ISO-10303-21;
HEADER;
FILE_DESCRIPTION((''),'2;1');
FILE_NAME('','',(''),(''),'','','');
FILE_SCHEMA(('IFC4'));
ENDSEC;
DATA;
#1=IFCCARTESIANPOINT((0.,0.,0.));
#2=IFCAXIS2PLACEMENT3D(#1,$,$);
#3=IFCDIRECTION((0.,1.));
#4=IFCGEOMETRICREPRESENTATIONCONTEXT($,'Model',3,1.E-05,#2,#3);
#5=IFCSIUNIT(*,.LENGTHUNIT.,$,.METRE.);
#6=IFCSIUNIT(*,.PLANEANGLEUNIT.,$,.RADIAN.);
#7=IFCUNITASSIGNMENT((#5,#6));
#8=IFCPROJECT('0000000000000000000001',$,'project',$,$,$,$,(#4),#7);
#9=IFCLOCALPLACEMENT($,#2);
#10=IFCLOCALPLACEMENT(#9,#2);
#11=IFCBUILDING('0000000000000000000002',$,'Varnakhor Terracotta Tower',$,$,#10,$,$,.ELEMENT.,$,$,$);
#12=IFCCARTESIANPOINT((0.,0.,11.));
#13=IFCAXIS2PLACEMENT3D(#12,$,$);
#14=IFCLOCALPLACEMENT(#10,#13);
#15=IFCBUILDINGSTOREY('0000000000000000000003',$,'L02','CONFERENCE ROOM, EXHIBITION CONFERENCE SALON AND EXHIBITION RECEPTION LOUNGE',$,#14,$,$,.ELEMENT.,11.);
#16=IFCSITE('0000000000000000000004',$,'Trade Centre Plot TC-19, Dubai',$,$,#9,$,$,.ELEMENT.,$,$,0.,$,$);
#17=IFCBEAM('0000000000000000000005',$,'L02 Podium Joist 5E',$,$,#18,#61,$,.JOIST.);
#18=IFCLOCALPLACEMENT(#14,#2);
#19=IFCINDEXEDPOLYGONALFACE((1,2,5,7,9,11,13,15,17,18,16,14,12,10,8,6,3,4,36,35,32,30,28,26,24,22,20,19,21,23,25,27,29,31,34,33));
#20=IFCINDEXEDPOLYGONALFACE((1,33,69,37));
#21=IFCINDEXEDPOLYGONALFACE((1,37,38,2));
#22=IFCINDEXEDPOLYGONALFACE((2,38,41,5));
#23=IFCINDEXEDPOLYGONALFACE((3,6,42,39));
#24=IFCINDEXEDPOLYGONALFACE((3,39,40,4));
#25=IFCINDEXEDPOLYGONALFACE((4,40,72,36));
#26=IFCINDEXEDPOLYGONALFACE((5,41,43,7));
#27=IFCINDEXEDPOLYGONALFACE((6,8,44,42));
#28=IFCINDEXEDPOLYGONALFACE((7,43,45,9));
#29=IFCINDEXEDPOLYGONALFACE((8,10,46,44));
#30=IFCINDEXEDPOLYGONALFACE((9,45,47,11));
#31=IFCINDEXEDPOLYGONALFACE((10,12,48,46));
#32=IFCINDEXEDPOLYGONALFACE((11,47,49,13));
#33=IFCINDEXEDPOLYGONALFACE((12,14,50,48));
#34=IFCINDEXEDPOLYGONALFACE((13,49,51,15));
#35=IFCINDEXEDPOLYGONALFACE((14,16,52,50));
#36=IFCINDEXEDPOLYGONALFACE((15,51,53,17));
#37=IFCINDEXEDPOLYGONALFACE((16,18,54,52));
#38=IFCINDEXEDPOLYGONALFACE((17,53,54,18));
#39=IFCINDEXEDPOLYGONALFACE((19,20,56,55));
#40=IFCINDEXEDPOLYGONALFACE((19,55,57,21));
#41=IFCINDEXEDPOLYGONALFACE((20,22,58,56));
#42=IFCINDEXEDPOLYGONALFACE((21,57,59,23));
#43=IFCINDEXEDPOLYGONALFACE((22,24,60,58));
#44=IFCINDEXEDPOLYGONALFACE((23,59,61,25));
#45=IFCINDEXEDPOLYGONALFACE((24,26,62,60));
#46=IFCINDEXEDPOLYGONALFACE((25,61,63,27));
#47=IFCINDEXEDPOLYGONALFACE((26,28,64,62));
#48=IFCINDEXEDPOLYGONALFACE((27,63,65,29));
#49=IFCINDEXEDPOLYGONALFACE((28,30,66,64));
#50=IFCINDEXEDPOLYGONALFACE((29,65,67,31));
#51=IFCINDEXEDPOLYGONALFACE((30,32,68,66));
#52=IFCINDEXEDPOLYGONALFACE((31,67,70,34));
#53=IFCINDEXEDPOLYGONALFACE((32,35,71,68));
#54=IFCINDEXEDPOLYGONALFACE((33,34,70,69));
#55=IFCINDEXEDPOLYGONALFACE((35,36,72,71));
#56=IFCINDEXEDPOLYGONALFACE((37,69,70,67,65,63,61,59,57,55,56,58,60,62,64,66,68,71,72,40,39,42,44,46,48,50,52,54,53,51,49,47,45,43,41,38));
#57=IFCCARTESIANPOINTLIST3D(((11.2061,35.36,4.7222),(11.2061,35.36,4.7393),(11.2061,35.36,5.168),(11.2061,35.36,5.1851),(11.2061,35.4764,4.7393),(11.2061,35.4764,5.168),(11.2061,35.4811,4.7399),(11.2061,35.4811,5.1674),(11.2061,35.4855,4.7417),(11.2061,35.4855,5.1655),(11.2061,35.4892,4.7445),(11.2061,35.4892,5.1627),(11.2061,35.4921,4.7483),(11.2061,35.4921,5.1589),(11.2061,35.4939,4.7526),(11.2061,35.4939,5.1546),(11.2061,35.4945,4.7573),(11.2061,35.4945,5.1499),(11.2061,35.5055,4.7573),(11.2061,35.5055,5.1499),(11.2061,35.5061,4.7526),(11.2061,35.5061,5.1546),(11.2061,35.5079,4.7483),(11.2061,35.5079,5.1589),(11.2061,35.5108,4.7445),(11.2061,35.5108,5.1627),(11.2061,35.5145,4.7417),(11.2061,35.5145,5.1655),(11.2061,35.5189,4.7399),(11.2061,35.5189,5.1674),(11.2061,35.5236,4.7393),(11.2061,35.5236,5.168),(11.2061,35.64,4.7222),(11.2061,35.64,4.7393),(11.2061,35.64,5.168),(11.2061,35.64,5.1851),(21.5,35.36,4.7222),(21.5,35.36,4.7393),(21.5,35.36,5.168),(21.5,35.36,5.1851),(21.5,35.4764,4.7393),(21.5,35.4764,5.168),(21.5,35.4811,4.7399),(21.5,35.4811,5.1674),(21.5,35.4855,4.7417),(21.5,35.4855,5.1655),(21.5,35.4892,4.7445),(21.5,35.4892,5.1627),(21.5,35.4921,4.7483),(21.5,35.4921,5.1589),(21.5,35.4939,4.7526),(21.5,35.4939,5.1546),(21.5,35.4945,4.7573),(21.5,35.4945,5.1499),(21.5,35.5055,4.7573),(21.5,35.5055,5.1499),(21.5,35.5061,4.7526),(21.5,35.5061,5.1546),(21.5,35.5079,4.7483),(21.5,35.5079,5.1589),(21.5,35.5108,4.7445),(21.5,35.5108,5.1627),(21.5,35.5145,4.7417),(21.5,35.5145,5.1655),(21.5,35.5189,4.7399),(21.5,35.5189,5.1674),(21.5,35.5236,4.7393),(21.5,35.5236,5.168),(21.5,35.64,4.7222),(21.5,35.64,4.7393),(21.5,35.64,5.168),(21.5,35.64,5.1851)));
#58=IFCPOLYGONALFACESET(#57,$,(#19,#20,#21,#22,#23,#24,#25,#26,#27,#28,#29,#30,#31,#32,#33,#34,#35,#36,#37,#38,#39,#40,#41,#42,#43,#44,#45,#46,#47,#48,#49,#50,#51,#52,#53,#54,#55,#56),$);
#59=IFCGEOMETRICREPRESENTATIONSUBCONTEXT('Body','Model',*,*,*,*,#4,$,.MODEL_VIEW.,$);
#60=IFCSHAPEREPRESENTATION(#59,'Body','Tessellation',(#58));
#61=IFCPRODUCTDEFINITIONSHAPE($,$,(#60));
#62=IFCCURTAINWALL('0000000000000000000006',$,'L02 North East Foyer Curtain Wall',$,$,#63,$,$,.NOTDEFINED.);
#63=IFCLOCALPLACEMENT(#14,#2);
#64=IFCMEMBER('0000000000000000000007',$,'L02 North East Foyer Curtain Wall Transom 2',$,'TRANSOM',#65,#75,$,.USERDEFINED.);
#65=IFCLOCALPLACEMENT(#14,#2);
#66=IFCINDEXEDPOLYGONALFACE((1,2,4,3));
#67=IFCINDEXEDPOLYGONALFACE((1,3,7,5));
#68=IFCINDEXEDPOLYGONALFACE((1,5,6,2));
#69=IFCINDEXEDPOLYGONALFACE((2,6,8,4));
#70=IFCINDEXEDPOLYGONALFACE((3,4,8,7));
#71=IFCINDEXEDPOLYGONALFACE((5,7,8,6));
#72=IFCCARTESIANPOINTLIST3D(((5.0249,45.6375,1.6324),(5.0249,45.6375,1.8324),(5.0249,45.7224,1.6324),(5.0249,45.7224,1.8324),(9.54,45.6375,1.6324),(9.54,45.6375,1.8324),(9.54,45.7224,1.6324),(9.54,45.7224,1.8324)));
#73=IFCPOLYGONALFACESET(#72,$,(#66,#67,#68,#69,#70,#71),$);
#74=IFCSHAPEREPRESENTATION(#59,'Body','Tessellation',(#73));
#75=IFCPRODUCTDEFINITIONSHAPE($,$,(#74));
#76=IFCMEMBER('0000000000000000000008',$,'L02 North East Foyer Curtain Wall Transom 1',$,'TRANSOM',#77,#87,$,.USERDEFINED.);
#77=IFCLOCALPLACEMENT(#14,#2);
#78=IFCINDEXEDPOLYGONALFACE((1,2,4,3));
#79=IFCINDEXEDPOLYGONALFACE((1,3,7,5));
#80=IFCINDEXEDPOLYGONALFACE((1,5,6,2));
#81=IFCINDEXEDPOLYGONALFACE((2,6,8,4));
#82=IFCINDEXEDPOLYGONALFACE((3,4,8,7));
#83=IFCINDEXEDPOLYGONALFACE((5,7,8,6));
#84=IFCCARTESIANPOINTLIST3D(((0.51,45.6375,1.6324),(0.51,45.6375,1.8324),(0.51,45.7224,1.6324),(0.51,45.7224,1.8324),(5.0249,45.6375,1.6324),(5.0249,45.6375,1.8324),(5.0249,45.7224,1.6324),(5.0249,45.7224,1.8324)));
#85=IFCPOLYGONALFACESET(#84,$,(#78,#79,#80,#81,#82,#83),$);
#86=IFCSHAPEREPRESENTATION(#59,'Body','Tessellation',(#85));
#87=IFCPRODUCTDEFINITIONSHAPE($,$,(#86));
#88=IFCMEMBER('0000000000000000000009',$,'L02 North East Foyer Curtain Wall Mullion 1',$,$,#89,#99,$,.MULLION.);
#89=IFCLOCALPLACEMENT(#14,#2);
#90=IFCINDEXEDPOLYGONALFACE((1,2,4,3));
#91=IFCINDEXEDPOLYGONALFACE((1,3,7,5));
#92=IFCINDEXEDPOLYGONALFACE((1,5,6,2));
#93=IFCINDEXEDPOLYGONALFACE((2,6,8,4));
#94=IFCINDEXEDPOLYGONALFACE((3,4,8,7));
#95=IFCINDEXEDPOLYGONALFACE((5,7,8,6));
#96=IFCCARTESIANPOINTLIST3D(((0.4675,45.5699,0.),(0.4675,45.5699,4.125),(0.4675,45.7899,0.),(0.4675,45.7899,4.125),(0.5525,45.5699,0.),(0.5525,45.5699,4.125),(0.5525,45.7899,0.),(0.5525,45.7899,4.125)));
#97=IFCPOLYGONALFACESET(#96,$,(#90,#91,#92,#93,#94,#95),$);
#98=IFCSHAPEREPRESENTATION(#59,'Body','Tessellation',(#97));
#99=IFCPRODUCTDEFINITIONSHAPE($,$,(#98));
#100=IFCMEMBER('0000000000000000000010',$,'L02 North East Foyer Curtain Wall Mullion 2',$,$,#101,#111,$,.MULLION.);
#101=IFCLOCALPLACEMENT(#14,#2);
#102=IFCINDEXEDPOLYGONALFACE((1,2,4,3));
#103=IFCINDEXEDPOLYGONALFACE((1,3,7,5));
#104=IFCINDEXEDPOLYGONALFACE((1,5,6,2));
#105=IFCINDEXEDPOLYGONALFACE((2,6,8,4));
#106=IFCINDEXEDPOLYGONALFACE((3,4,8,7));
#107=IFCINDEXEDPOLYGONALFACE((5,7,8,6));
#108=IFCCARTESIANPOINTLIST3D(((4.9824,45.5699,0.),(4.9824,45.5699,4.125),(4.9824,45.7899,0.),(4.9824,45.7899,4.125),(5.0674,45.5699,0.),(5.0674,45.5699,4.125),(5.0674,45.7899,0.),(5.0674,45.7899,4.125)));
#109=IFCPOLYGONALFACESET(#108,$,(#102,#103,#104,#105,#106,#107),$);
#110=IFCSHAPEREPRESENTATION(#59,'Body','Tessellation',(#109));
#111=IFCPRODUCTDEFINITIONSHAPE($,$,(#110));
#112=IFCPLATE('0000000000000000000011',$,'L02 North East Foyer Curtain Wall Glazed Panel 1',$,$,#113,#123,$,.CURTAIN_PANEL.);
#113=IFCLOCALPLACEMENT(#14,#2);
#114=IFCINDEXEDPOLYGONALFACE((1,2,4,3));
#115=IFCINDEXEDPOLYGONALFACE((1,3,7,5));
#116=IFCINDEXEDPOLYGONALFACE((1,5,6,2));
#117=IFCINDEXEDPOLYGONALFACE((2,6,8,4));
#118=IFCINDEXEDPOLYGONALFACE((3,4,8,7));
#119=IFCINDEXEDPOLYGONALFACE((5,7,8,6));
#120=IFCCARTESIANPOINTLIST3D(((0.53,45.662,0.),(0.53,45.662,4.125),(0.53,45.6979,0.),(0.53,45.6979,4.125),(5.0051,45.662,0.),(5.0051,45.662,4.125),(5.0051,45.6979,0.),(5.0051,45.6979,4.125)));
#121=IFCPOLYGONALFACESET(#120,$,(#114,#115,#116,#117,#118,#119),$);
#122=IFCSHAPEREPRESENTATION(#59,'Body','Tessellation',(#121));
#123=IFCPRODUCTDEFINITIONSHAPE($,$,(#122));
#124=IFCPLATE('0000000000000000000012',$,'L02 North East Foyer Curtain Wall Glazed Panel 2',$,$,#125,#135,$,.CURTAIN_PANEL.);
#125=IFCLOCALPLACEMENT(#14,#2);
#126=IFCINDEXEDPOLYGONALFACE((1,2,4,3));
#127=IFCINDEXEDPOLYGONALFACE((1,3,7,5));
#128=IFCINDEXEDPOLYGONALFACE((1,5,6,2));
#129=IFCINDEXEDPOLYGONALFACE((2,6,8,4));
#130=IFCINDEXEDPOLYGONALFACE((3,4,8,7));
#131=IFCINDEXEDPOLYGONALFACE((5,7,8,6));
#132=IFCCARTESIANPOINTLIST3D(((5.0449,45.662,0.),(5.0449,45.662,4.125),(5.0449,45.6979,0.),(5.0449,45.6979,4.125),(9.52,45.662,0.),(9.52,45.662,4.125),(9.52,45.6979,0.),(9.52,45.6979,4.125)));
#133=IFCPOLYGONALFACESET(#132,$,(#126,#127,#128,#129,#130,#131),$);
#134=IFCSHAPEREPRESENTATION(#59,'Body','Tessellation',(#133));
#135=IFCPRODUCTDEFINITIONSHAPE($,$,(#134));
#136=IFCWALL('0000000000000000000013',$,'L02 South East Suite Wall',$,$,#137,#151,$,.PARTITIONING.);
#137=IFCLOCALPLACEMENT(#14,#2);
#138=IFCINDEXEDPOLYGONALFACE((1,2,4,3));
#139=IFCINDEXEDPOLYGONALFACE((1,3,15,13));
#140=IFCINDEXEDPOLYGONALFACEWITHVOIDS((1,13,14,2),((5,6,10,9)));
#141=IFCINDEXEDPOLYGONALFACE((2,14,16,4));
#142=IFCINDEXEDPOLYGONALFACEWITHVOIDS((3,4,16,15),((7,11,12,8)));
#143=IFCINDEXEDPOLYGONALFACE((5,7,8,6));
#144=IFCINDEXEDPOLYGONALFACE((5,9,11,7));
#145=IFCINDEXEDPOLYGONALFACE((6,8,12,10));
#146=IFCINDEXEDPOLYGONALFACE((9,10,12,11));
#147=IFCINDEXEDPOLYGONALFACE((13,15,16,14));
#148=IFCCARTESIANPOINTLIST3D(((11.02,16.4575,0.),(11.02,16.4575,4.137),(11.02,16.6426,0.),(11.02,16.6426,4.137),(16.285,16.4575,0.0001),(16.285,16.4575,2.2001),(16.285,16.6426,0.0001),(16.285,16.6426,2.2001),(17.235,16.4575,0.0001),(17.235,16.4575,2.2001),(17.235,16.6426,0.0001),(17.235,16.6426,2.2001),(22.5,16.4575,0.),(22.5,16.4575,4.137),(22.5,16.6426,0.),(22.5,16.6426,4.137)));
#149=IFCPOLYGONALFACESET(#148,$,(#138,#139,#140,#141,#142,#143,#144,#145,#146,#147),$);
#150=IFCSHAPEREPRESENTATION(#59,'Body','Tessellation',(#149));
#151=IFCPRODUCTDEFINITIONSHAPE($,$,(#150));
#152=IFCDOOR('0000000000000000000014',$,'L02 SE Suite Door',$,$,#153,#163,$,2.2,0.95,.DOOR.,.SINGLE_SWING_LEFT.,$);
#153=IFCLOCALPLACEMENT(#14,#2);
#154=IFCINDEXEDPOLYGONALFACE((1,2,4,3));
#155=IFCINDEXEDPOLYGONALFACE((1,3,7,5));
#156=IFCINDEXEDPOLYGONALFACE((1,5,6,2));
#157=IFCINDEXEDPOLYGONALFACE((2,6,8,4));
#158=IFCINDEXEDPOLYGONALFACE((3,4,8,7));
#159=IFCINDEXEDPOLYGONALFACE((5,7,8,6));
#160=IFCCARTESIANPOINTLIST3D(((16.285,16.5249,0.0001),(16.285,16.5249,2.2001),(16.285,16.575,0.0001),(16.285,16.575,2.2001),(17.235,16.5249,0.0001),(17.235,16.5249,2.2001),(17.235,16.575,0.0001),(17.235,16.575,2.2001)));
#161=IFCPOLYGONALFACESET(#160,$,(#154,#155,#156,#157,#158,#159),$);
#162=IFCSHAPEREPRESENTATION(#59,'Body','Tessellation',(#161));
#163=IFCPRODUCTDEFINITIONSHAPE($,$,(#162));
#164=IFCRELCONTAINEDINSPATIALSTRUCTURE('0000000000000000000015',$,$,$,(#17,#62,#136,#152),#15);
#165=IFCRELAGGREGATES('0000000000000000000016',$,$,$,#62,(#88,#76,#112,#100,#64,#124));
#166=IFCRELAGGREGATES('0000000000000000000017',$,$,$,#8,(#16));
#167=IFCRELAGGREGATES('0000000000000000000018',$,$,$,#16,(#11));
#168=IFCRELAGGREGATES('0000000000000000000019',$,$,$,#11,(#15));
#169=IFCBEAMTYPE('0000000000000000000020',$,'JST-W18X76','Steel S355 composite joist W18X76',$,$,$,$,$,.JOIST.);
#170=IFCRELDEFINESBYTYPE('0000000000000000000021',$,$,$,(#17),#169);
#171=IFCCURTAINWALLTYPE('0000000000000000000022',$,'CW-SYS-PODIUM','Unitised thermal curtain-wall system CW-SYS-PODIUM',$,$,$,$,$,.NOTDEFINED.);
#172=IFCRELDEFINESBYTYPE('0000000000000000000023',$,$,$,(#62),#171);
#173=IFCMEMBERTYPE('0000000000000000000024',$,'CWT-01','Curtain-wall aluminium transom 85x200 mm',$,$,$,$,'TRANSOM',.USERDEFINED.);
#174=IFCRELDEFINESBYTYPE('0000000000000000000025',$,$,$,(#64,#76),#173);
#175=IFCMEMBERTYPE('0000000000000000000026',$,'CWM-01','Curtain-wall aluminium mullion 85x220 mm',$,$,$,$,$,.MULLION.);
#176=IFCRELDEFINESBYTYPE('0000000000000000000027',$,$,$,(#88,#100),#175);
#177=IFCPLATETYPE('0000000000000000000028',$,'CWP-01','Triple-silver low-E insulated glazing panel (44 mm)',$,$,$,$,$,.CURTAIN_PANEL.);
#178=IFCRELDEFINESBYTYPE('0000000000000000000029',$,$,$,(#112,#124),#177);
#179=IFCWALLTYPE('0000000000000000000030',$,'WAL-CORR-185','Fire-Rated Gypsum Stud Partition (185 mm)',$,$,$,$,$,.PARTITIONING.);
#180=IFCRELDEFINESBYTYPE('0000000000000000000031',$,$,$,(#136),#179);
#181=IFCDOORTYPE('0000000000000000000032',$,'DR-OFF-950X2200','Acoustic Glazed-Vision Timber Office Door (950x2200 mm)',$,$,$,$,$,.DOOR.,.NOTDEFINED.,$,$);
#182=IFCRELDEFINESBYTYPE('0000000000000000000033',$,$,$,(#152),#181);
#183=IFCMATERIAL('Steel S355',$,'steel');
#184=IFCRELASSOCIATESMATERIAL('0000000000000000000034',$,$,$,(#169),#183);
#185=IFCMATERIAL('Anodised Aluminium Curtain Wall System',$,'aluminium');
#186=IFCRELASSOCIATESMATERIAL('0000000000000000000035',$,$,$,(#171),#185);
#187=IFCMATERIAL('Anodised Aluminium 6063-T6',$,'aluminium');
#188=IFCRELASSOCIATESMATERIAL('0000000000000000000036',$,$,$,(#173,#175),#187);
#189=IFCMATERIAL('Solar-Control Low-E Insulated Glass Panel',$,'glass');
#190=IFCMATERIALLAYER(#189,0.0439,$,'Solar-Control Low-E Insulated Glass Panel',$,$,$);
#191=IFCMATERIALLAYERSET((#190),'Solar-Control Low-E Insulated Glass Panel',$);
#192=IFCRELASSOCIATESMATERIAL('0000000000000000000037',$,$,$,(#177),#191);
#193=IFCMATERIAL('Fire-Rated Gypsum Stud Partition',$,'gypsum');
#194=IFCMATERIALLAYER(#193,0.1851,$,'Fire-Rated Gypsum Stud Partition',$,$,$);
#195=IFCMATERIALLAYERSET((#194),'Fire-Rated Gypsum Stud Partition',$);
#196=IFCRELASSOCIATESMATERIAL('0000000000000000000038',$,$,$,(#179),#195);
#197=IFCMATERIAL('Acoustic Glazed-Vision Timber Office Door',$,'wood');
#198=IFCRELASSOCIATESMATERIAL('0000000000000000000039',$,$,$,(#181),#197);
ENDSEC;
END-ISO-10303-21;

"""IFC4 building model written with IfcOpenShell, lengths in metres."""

from ifc_helpers import new_model, si_unit, direction, frame, frame_2d, origin, origin_2d, place, context, subcontext, project, spatial, rectangle, i_section, extrude, source, transform, mapped, material, layer, layer_set, material_profile, profile_set, type_object, type_shapes, element, fill, aggregate, save


model = new_model("IFC4")

# Units and contexts
model_context = context("Model", 3, precision=1e-05, world=origin(), true_north=direction((0.0, 1.0)))
body_context = subcontext(model_context, "Body", "Model", "MODEL_VIEW")
ifc_project = project(units=[si_unit("LENGTHUNIT", "METRE"), si_unit("PLANEANGLEUNIT", "RADIAN")], contexts=[model_context])

# Site, building, storey
site_placement = place(None, origin())
site = spatial("IfcSite", under=ifc_project, at=site_placement, Name="Trade Centre Plot TC-19, Dubai", CompositionType="ELEMENT", RefElevation=0.0)
building_placement = place(site_placement, origin())
building = spatial("IfcBuilding", under=site, at=building_placement, Name="Varnakhor Terracotta Tower", CompositionType="ELEMENT")
storey_placement = place(building_placement, frame((0.0, 0.0, 11.0)))
storey = spatial("IfcBuildingStorey", under=building, at=storey_placement, Name="L02", Description="CONFERENCE ROOM, EXHIBITION CONFERENCE SALON AND EXHIBITION RECEPTION LOUNGE", CompositionType="ELEMENT", Elevation=11.0)

# Beam
ifc_material_1 = material(Name="Steel S355", Category="steel")
ifc_material_profile_1 = material_profile(ifc_material_1, i_section(OverallWidth=0.28, OverallDepth=0.4629, WebThickness=0.011, FlangeThickness=0.0171, FilletRadius=0.0181, at=origin_2d()), Name="W18X76")
ifc_profile_set_1 = profile_set([ifc_material_profile_1], Name="Steel S355")
beam_type_1 = type_object("IfcBeamType", Name="JST-W18X76", Description="Steel S355 composite joist W18X76", PredefinedType="JOIST", material=ifc_profile_set_1)
shared_shape_1 = source(origin(), body_context, "Body", "SweptSolid", [
    extrude(i_section(OverallWidth=0.28, OverallDepth=0.4629, WebThickness=0.011, FlangeThickness=0.0171, FilletRadius=0.0181, at=origin_2d()), origin(), (0.0, 0.0, 1.0), 10.2939),
])
type_shapes(beam_type_1, [shared_shape_1])
for number, where, z_axis, x_axis, name in (
    (1, (11.2061, 35.5, 4.9536), (1.0, 0.0, 0.0), (0.0, 1.0, 0.0), "L02 Podium Joist 5E"),
):
    element("IfcBeam", number, at=place(storey_placement, frame(where, z_axis=z_axis, x_axis=x_axis)), inside=storey, type_object=beam_type_1, Name=name, PredefinedType="JOIST", context=body_context, shape_type="MappedRepresentation", body=[
        mapped(shared_shape_1, transform((0.0, 0.0, 0.0), scale=1.0)),
    ])

# Curtain wall, members, plates
ifc_material_2 = material(Name="Anodised Aluminium Curtain Wall System", Category="aluminium")
curtain_wall_type = type_object("IfcCurtainWallType", Name="CW-SYS-PODIUM", Description="Unitised thermal curtain-wall system CW-SYS-PODIUM", PredefinedType="NOTDEFINED", material=ifc_material_2)
curtain_wall_placement = place(storey_placement, origin())
curtain_wall = element("IfcCurtainWall", 2, at=curtain_wall_placement, inside=storey, type_object=curtain_wall_type, Name="L02 North East Foyer Curtain Wall", PredefinedType="NOTDEFINED")
ifc_material_3 = material(Name="Anodised Aluminium 6063-T6", Category="aluminium")
ifc_material_profile_2 = material_profile(ifc_material_3, rectangle(XDim=0.085, YDim=0.2, at=origin_2d()), Name="ALU TRANSOM 85x200")
ifc_profile_set_2 = profile_set([ifc_material_profile_2], Name="Anodised Aluminium 6063-T6")
member_type_1 = type_object("IfcMemberType", Name="CWT-01", Description="Curtain-wall aluminium transom 85x200 mm", ElementType="TRANSOM", PredefinedType="USERDEFINED", material=ifc_profile_set_2)
shared_shape_2 = source(origin(), body_context, "Body", "SweptSolid", [
    extrude(rectangle(XDim=0.085, YDim=0.2, at=origin_2d()), origin(), (0.0, 0.0, 1.0), 4.5151),
])
type_shapes(member_type_1, [shared_shape_2])
member_1_placement = place(storey_placement, frame((5.0249, 45.6799, 1.7324), z_axis=(1.0, 0.0, 0.0), x_axis=(0.0, 1.0, 0.0)))
member_1 = element("IfcMember", 3, at=member_1_placement, type_object=member_type_1, Name="L02 North East Foyer Curtain Wall Transom 2", ObjectType="TRANSOM", PredefinedType="USERDEFINED", context=body_context, shape_type="MappedRepresentation", body=[
    mapped(shared_shape_2, transform((0.0, 0.0, 0.0), scale=1.0)),
])
shared_shape_3 = source(origin(), body_context, "Body", "SweptSolid", [
    extrude(rectangle(XDim=0.085, YDim=0.2, at=origin_2d()), origin(), (0.0, 0.0, 1.0), 4.5149),
])
member_2_placement = place(storey_placement, frame((0.51, 45.6799, 1.7324), z_axis=(1.0, 0.0, 0.0), x_axis=(0.0, 1.0, 0.0)))
member_2 = element("IfcMember", 4, at=member_2_placement, type_object=member_type_1, Name="L02 North East Foyer Curtain Wall Transom 1", ObjectType="TRANSOM", PredefinedType="USERDEFINED", context=body_context, shape_type="MappedRepresentation", body=[
    mapped(shared_shape_3, transform((0.0, 0.0, 0.0), scale=1.0)),
])
ifc_material_profile_3 = material_profile(ifc_material_3, rectangle(XDim=0.085, YDim=0.22, at=origin_2d()), Name="ALU MULLION 85x220")
ifc_profile_set_3 = profile_set([ifc_material_profile_3], Name="Anodised Aluminium 6063-T6")
member_type_2 = type_object("IfcMemberType", Name="CWM-01", Description="Curtain-wall aluminium mullion 85x220 mm", PredefinedType="MULLION", material=ifc_profile_set_3)
shared_shape_4 = source(origin(), body_context, "Body", "SweptSolid", [
    extrude(rectangle(XDim=0.085, YDim=0.22, at=origin_2d()), origin(), (0.0, 0.0, 1.0), 4.125),
])
member_3_placement = place(storey_placement, frame((0.51, 45.6799, 0.0), z_axis=(0.0, 0.0, 1.0), x_axis=(1.0, 0.0, 0.0)))
member_3 = element("IfcMember", 5, at=member_3_placement, type_object=member_type_2, Name="L02 North East Foyer Curtain Wall Mullion 1", PredefinedType="MULLION", context=body_context, shape_type="MappedRepresentation", body=[
    mapped(shared_shape_4, transform((0.0, 0.0, 0.0), scale=1.0)),
])
member_4_placement = place(storey_placement, frame((5.0249, 45.6799, 0.0), z_axis=(0.0, 0.0, 1.0), x_axis=(1.0, 0.0, 0.0)))
member_4 = element("IfcMember", 6, at=member_4_placement, type_object=member_type_2, Name="L02 North East Foyer Curtain Wall Mullion 2", PredefinedType="MULLION", context=body_context, shape_type="MappedRepresentation", body=[
    mapped(shared_shape_4, transform((0.0, 0.0, 0.0), scale=1.0)),
])
ifc_material_4 = material(Name="Solar-Control Low-E Insulated Glass Panel", Category="glass")
ifc_layer_1 = layer(ifc_material_4, 0.0439, Name="Solar-Control Low-E Insulated Glass Panel")
ifc_layer_set_1 = layer_set([ifc_layer_1], Name="Solar-Control Low-E Insulated Glass Panel")
plate_type = type_object("IfcPlateType", Name="CWP-01", Description="Triple-silver low-E insulated glazing panel (44 mm)", PredefinedType="CURTAIN_PANEL", material=ifc_layer_set_1)
shared_shape_5 = source(origin(), body_context, "Body", "SweptSolid", [
    extrude(rectangle(XDim=4.4751, YDim=0.0359, at=origin_2d()), origin(), (0.0, 0.0, 1.0), 4.125),
])
plate_1_placement = place(storey_placement, frame((2.7676, 45.6799, 0.0), z_axis=(0.0, 0.0, 1.0), x_axis=(1.0, 0.0, 0.0)))
plate_1 = element("IfcPlate", 7, at=plate_1_placement, type_object=plate_type, Name="L02 North East Foyer Curtain Wall Glazed Panel 1", PredefinedType="CURTAIN_PANEL", context=body_context, shape_type="MappedRepresentation", body=[
    mapped(shared_shape_5, transform((0.0, 0.0, 0.0), scale=1.0)),
])
plate_2_placement = place(storey_placement, frame((7.2825, 45.6799, 0.0), z_axis=(0.0, 0.0, 1.0), x_axis=(1.0, 0.0, 0.0)))
plate_2 = element("IfcPlate", 8, at=plate_2_placement, type_object=plate_type, Name="L02 North East Foyer Curtain Wall Glazed Panel 2", PredefinedType="CURTAIN_PANEL", context=body_context, shape_type="MappedRepresentation", body=[
    mapped(shared_shape_5, transform((0.0, 0.0, 0.0), scale=1.0)),
])
aggregate(curtain_wall, [member_3, member_2, plate_1, member_4, member_1, plate_2])

# Wall, opening, door
ifc_material_5 = material(Name="Fire-Rated Gypsum Stud Partition", Category="gypsum")
ifc_layer_2 = layer(ifc_material_5, 0.1851, Name="Fire-Rated Gypsum Stud Partition")
ifc_layer_set_2 = layer_set([ifc_layer_2], Name="Fire-Rated Gypsum Stud Partition")
wall_type_1 = type_object("IfcWallType", Name="WAL-CORR-185", Description="Fire-Rated Gypsum Stud Partition (185 mm)", PredefinedType="PARTITIONING", material=ifc_layer_set_2)
wall_1_placement = place(storey_placement, frame((11.02, 16.55, 0.0), z_axis=(0.0, 0.0, 1.0), x_axis=(1.0, 0.0, 0.0)))
wall_1 = element("IfcWall", 9, at=wall_1_placement, inside=storey, type_object=wall_type_1, Name="L02 South East Suite Wall", PredefinedType="PARTITIONING", context=body_context, shape_type="SweptSolid", body=[
    extrude(rectangle(XDim=11.48, YDim=0.1851, at=frame_2d((5.74, 0.0))), origin(), (0.0, 0.0, 1.0), 4.137),
])
opening_1_placement = place(wall_1_placement, frame((5.2649, 0.0, 0.0)))
opening_1 = element("IfcOpeningElement", 10, at=opening_1_placement, cuts=wall_1, PredefinedType="OPENING", context=body_context, shape_type="SweptSolid", body=[
    extrude(rectangle(XDim=0.95, YDim=2.2, at=frame_2d((0.4751, 1.1001))), frame((0.0, 0.1025, 0.0), z_axis=(0.0, -1.0, 0.0), x_axis=(1.0, 0.0, 0.0)), (0.0, 0.0, 1.0), 0.2051),
])
ifc_material_6 = material(Name="Acoustic Glazed-Vision Timber Office Door", Category="wood")
door_type_1 = type_object("IfcDoorType", Name="DR-OFF-950X2200", Description="Acoustic Glazed-Vision Timber Office Door (950x2200 mm)", OperationType="NOTDEFINED", PredefinedType="DOOR", material=ifc_material_6)
shared_shape_6 = source(origin(), body_context, "Body", "SweptSolid", [
    extrude(rectangle(XDim=0.95, YDim=2.2, at=frame_2d((0.4751, 1.1001))), frame((0.0, 0.0249, 0.0), z_axis=(0.0, -1.0, 0.0), x_axis=(1.0, 0.0, 0.0)), (0.0, 0.0, 1.0), 0.05),
])
type_shapes(door_type_1, [shared_shape_6])
door_1_placement = place(opening_1_placement, origin())
door_1 = element("IfcDoor", 11, at=door_1_placement, inside=storey, type_object=door_type_1, Name="L02 SE Suite Door", OperationType="SINGLE_SWING_LEFT", OverallHeight=2.2, OverallWidth=0.95, PredefinedType="DOOR", context=body_context, shape_type="MappedRepresentation", body=[
    mapped(shared_shape_6, transform((0.0, 0.0, 0.0), scale=1.0)),
])
fill(opening_1, door_1)

save(model, "model.ifc")
